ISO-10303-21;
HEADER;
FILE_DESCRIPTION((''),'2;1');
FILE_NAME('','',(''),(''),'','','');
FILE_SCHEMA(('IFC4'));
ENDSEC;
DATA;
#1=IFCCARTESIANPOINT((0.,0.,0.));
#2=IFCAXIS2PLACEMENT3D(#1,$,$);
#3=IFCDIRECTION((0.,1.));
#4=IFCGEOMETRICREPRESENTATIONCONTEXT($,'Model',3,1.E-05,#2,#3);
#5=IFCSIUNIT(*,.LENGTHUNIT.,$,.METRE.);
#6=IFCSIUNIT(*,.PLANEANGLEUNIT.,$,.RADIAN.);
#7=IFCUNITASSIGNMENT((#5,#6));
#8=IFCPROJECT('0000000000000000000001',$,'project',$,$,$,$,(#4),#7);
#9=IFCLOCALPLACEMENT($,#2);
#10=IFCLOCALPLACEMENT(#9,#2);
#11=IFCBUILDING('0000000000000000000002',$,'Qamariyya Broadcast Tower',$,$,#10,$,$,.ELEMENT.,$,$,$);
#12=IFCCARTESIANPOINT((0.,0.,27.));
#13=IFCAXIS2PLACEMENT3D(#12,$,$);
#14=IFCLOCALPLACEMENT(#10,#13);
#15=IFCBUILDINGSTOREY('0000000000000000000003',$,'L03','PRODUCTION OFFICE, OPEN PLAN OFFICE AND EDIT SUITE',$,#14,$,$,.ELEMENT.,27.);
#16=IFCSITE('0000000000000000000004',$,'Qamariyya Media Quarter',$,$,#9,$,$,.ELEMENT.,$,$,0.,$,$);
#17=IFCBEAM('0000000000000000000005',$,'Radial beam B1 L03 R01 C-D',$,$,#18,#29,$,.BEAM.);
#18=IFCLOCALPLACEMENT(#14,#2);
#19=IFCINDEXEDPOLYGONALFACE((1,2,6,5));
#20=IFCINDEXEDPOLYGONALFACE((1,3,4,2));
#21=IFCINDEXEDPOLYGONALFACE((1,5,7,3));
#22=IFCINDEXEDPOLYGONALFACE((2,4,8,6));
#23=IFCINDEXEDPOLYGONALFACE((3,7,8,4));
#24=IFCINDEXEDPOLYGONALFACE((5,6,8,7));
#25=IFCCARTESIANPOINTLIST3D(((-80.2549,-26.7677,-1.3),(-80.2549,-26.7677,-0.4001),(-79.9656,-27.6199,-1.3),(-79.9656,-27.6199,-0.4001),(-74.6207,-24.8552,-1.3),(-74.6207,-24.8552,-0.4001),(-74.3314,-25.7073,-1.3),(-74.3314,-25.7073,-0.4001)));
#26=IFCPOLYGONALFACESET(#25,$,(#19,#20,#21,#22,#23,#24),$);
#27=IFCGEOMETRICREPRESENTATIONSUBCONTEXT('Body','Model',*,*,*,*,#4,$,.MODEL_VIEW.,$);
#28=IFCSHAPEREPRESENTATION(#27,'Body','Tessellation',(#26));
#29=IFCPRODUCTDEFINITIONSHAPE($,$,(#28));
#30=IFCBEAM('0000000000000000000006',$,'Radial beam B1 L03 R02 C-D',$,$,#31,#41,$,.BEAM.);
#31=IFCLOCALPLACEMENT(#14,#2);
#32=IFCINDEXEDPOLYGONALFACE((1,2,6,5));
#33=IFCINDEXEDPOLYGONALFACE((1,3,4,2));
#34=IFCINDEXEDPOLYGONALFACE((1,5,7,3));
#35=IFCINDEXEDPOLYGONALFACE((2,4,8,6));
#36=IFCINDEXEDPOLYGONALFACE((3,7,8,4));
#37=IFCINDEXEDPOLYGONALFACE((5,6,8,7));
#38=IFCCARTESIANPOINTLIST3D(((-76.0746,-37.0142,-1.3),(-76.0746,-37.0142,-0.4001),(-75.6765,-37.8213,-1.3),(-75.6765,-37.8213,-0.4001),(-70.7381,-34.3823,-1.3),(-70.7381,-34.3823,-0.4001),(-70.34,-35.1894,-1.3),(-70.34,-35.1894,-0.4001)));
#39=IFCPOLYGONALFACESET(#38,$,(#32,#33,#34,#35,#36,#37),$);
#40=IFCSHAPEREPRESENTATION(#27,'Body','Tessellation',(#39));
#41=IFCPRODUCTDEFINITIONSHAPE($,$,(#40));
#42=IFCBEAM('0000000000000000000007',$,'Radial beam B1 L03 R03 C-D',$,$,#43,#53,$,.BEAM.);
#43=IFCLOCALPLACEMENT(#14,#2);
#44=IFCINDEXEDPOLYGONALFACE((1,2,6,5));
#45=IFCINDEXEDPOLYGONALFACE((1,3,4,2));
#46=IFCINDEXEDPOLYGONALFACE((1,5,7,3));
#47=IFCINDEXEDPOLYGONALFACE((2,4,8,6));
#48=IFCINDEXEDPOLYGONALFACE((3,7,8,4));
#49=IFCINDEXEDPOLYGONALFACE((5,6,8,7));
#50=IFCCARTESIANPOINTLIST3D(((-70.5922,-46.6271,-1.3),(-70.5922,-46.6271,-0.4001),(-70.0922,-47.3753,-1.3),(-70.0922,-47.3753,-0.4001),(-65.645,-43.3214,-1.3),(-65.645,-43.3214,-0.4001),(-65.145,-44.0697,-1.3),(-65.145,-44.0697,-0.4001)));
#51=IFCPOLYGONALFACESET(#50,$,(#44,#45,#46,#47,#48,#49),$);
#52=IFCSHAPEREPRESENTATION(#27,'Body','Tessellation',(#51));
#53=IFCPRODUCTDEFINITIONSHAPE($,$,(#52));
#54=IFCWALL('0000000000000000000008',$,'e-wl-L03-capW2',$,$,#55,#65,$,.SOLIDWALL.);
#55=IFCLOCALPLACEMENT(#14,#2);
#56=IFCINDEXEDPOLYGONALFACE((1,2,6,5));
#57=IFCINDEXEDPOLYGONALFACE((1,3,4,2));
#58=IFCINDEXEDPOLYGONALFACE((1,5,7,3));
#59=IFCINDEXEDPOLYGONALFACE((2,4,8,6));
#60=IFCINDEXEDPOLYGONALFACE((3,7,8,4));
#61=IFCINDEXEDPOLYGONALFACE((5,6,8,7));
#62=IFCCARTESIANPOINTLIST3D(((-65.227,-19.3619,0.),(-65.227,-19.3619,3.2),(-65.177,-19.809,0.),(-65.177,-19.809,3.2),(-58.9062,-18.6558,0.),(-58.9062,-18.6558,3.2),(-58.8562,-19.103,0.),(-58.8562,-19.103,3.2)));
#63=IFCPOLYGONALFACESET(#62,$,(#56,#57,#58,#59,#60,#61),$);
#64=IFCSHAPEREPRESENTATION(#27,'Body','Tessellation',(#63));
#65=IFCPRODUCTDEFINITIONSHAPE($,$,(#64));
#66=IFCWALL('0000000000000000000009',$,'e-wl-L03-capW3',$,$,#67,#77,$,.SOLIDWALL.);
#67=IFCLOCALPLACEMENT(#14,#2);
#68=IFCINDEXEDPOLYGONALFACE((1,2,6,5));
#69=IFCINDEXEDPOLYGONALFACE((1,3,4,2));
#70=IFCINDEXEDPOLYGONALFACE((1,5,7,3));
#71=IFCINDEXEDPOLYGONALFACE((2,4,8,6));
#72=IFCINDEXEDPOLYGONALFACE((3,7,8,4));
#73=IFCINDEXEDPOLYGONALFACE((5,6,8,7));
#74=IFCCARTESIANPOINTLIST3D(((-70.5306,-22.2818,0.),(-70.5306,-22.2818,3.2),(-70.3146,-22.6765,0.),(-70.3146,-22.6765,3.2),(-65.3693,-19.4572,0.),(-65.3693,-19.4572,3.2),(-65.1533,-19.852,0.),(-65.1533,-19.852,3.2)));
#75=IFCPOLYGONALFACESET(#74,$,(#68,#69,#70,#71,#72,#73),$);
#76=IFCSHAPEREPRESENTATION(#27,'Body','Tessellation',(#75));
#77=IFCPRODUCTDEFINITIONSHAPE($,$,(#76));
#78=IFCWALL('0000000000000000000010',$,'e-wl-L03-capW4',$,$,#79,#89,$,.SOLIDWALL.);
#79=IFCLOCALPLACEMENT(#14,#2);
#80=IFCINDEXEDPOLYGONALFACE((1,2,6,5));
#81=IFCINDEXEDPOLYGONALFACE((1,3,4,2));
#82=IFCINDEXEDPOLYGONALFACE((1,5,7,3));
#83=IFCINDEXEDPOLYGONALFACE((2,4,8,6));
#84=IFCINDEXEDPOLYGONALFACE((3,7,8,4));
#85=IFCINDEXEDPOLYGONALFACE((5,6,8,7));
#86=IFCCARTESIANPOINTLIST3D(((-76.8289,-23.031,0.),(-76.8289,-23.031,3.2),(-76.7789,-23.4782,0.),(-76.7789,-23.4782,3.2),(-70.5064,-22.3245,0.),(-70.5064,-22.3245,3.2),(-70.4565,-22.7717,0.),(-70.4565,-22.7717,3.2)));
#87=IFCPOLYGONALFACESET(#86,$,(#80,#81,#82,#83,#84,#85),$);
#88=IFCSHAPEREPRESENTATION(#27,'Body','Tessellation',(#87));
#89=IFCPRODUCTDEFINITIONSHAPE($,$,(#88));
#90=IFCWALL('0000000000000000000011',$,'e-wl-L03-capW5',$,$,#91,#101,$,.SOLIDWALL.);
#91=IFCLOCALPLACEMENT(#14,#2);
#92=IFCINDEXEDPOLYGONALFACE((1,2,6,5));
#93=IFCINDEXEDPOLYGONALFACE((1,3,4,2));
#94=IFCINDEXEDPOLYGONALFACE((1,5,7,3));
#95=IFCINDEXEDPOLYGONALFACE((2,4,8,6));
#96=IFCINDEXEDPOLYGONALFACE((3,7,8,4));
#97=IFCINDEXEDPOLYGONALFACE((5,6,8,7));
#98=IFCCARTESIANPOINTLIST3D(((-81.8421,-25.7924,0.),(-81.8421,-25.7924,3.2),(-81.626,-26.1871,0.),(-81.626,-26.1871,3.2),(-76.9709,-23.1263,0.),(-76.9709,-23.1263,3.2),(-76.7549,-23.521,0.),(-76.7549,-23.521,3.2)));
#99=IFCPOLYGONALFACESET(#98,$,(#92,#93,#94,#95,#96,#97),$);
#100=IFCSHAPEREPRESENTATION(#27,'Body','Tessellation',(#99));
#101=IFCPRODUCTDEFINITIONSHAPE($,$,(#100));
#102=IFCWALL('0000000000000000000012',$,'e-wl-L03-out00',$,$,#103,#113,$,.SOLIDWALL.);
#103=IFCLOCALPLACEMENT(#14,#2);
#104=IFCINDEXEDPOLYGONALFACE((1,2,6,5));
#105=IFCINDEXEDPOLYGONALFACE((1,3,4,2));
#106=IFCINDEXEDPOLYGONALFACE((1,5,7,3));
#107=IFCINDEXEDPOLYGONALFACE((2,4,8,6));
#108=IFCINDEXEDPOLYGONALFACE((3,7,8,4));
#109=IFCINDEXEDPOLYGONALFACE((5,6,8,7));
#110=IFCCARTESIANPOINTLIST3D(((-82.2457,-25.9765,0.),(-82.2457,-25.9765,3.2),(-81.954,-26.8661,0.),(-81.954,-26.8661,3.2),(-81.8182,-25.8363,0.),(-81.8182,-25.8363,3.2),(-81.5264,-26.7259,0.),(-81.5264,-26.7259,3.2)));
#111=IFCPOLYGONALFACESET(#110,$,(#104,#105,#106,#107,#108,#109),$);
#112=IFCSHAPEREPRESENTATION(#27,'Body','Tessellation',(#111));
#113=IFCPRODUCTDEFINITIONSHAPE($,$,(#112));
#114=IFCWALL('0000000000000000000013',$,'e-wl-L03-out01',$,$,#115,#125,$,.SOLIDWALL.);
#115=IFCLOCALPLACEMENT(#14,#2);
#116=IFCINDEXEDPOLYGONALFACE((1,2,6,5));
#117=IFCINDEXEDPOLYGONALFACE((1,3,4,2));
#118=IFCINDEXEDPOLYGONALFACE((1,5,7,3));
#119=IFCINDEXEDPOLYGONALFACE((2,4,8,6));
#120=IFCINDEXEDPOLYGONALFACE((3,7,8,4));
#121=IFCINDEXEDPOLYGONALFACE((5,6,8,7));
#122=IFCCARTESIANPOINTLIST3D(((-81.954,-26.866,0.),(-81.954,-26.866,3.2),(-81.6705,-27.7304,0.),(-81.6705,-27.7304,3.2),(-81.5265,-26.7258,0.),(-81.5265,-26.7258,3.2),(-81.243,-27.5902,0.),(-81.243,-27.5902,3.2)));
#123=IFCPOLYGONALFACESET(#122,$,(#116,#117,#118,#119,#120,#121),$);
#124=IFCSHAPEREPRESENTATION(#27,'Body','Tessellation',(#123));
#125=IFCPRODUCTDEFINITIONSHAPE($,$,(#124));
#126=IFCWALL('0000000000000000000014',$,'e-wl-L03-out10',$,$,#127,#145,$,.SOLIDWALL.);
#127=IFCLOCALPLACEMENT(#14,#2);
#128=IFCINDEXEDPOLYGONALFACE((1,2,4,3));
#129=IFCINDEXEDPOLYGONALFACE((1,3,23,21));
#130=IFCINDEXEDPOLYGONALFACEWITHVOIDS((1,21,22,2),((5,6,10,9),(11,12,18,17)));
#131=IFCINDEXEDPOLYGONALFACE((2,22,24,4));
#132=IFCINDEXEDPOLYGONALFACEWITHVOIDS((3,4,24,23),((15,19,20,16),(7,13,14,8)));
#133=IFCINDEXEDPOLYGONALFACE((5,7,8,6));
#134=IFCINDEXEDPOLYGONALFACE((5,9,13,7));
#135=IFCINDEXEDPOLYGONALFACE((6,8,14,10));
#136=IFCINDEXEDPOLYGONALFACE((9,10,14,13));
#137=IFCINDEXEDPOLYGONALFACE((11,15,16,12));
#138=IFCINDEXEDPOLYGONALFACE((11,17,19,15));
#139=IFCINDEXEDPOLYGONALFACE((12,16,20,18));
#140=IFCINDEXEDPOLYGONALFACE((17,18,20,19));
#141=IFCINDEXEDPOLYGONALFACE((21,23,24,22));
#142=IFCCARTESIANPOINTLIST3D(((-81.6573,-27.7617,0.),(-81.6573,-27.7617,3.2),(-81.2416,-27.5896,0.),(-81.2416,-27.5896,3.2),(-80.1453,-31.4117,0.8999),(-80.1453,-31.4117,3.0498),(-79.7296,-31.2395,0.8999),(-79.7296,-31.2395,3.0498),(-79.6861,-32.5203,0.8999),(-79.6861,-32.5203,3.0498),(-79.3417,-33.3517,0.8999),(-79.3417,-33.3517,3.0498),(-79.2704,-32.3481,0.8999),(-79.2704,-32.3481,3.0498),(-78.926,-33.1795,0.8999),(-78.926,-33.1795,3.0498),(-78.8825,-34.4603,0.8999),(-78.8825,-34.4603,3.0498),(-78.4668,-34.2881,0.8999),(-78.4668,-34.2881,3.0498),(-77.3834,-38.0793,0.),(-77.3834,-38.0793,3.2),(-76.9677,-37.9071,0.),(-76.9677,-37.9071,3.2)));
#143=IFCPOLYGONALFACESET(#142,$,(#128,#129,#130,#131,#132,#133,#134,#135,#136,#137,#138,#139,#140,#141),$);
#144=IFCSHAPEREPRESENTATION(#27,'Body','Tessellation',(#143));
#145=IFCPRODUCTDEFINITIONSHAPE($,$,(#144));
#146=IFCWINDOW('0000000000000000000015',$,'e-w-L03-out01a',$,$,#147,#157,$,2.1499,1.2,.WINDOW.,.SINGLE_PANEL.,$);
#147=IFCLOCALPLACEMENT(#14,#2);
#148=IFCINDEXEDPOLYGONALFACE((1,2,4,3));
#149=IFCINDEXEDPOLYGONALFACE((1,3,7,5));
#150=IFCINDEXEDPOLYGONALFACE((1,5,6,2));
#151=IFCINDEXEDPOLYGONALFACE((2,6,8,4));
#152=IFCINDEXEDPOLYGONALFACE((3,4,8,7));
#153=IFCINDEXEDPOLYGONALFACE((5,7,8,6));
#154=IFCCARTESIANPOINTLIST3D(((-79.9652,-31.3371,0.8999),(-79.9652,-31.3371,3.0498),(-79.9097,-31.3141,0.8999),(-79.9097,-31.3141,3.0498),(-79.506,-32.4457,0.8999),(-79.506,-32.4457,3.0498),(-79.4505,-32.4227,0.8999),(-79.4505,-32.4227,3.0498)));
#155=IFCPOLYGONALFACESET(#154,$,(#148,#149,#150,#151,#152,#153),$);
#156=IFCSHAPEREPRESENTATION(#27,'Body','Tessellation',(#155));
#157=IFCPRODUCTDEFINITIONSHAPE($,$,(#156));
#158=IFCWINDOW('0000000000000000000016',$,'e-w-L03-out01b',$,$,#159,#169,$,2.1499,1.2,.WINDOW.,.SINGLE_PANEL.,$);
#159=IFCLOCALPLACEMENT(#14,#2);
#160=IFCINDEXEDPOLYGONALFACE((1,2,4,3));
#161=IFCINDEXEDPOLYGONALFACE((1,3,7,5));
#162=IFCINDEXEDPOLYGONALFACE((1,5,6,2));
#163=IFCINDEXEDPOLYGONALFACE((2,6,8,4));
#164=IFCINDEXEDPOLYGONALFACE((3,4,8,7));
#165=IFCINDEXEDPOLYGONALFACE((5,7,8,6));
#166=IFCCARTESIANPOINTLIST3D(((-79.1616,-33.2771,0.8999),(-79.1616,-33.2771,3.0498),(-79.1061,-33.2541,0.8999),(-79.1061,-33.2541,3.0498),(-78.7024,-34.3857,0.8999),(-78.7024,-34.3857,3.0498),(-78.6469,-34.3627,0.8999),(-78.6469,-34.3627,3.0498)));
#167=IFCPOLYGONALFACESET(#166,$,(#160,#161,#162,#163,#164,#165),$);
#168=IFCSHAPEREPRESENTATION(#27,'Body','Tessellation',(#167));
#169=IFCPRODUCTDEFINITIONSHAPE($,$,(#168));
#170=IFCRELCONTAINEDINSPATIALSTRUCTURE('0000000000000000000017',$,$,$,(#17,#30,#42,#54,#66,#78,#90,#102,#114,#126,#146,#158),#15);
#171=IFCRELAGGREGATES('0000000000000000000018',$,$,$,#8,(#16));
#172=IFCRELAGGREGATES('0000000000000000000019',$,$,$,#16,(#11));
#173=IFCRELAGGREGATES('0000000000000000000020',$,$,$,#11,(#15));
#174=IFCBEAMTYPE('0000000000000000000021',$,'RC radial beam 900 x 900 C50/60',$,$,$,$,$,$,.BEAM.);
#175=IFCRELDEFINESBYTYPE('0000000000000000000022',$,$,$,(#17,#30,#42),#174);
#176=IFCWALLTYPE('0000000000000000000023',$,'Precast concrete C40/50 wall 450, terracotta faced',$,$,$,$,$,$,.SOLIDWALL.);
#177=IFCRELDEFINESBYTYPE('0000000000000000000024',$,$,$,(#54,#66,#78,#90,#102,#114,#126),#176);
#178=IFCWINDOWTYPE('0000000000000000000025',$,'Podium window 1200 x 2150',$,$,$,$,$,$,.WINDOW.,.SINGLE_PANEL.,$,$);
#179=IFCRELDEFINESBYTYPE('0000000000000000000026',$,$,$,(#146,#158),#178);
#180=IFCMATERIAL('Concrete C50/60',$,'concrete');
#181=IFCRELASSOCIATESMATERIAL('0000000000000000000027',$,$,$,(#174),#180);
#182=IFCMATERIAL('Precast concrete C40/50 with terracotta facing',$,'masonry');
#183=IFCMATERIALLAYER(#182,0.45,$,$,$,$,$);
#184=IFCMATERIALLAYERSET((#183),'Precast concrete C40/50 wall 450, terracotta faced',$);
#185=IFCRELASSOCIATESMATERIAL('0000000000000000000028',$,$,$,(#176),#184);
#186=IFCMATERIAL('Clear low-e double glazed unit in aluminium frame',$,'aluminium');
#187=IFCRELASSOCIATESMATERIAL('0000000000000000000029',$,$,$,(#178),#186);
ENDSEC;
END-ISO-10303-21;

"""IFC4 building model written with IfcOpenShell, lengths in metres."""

from ifc_helpers import new_model, si_unit, direction, frame, frame_2d, origin, origin_2d, place, context, subcontext, project, spatial, rectangle, extrude, material, layer, layer_set, material_profile, profile_set, type_object, element, fill, save


model = new_model("IFC4")

# Units and contexts
model_context = context("Model", 3, precision=1e-05, world=origin(), true_north=direction((0.0, 1.0)))
body_context = subcontext(model_context, "Body", "Model", "MODEL_VIEW")
ifc_project = project(units=[si_unit("LENGTHUNIT", "METRE"), si_unit("PLANEANGLEUNIT", "RADIAN")], contexts=[model_context])

# Site, building, storey
site_placement = place(None, origin())
site = spatial("IfcSite", under=ifc_project, at=site_placement, Name="Qamariyya Media Quarter", CompositionType="ELEMENT", RefElevation=0.0)
building_placement = place(site_placement, origin())
building = spatial("IfcBuilding", under=site, at=building_placement, Name="Qamariyya Broadcast Tower", CompositionType="ELEMENT")
storey_placement = place(building_placement, frame((0.0, 0.0, 27.0)))
storey = spatial("IfcBuildingStorey", under=building, at=storey_placement, Name="L03", Description="PRODUCTION OFFICE, OPEN PLAN OFFICE AND EDIT SUITE", CompositionType="ELEMENT", Elevation=27.0)

# Beams
ifc_material_1 = material(Name="Concrete C50/60", Category="concrete")
ifc_material_profile_1 = material_profile(ifc_material_1, rectangle(XDim=0.8999, YDim=0.8999, at=origin_2d()))
ifc_profile_set_1 = profile_set([ifc_material_profile_1], Name="Concrete C50/60")
beam_type_1 = type_object("IfcBeamType", Name="RC radial beam 900 x 900 C50/60", PredefinedType="BEAM", material=ifc_profile_set_1)
beam_1_placement = place(storey_placement, frame((-74.4761, -25.2812, -0.8501), z_axis=(-0.946929, -0.321442, 0.0), x_axis=(0.321442, -0.946929, 0.0)))
element("IfcBeam", 1, at=beam_1_placement, inside=storey, type_object=beam_type_1, Name="Radial beam B1 L03 R01 C-D", PredefinedType="BEAM", context=body_context, shape_type="SweptSolid", body=[
    extrude(rectangle(XDim=0.8999, YDim=0.8999, at=origin_2d()), origin(), (0.0, 0.0, 1.0), 5.95),
])
beam_2_placement = place(storey_placement, frame((-70.5391, -34.7859, -0.8501), z_axis=(-0.896859, -0.442316, 0.0), x_axis=(0.442316, -0.896859, 0.0)))
element("IfcBeam", 2, at=beam_2_placement, inside=storey, type_object=beam_type_1, Name="Radial beam B1 L03 R02 C-D", PredefinedType="BEAM", context=body_context, shape_type="SweptSolid", body=[
    extrude(rectangle(XDim=0.8999, YDim=0.8999, at=origin_2d()), origin(), (0.0, 0.0, 1.0), 5.9502),
])
beam_3_placement = place(storey_placement, frame((-65.395, -43.6956, -0.8501), z_axis=(-0.831469, -0.555571, 0.0), x_axis=(0.555571, -0.831469, 0.0)))
element("IfcBeam", 3, at=beam_3_placement, inside=storey, type_object=beam_type_1, Name="Radial beam B1 L03 R03 C-D", PredefinedType="BEAM", context=body_context, shape_type="SweptSolid", body=[
    extrude(rectangle(XDim=0.8999, YDim=0.8999, at=origin_2d()), origin(), (0.0, 0.0, 1.0), 5.95),
])

# Walls
ifc_material_2 = material(Name="Precast concrete C40/50 with terracotta facing", Category="masonry")
ifc_layer = layer(ifc_material_2, 0.45)
ifc_layer_set = layer_set([ifc_layer], Name="Precast concrete C40/50 wall 450, terracotta faced")
wall_type = type_object("IfcWallType", Name="Precast concrete C40/50 wall 450, terracotta faced", PredefinedType="SOLIDWALL", material=ifc_layer_set)
wall_1_placement = place(storey_placement, frame((-58.8811, -18.8794, 0.0), z_axis=(0.0, 0.0, 1.0), x_axis=(-0.993819, -0.111013, 0.0)))
element("IfcWall", 4, at=wall_1_placement, inside=storey, type_object=wall_type, Name="e-wl-L03-capW2", PredefinedType="SOLIDWALL", context=body_context, shape_type="SweptSolid", body=[
    extrude(rectangle(XDim=6.3601, YDim=0.45, at=frame_2d((3.1802, 0.0))), origin(), (0.0, 0.0, 1.0), 3.2),
])
wall_2_placement = place(storey_placement, frame((-65.2612, -19.6545, 0.0), z_axis=(0.0, 0.0, 1.0), x_axis=(-0.87723, -0.48007, 0.0)))
element("IfcWall", 5, at=wall_2_placement, inside=storey, type_object=wall_type, Name="e-wl-L03-capW3", PredefinedType="SOLIDWALL", context=body_context, shape_type="SweptSolid", body=[
    extrude(rectangle(XDim=5.8835, YDim=0.45, at=frame_2d((2.9419, 0.0))), origin(), (0.0, 0.0, 1.0), 3.2),
])
wall_3_placement = place(storey_placement, frame((-70.4814, -22.5481, 0.0), z_axis=(0.0, 0.0, 1.0), x_axis=(-0.993814, -0.111059, 0.0)))
element("IfcWall", 6, at=wall_3_placement, inside=storey, type_object=wall_type, Name="e-wl-L03-capW4", PredefinedType="SOLIDWALL", context=body_context, shape_type="SweptSolid", body=[
    extrude(rectangle(XDim=6.3618, YDim=0.45, at=frame_2d((3.1809, 0.0))), origin(), (0.0, 0.0, 1.0), 3.2),
])
wall_4_placement = place(storey_placement, frame((-76.863, -23.3237, 0.0), z_axis=(0.0, 0.0, 1.0), x_axis=(-0.877209, -0.480108, 0.0)))
element("IfcWall", 7, at=wall_4_placement, inside=storey, type_object=wall_type, Name="e-wl-L03-capW5", PredefinedType="SOLIDWALL", context=body_context, shape_type="SweptSolid", body=[
    extrude(rectangle(XDim=5.553, YDim=0.45, at=frame_2d((2.7764, 0.0))), origin(), (0.0, 0.0, 1.0), 3.2),
])
wall_5_placement = place(storey_placement, frame((-82.032, -25.9062, 0.0), z_axis=(0.0, 0.0, 1.0), x_axis=(0.311609, -0.950211, 0.0)))
element("IfcWall", 8, at=wall_5_placement, inside=storey, type_object=wall_type, Name="e-wl-L03-out00", PredefinedType="SOLIDWALL", context=body_context, shape_type="SweptSolid", body=[
    extrude(rectangle(XDim=0.9363, YDim=0.45, at=frame_2d((0.4683, 0.0))), origin(), (0.0, 0.0, 1.0), 3.2),
])
wall_6_placement = place(storey_placement, frame((-81.7402, -26.7959, 0.0), z_axis=(0.0, 0.0, 1.0), x_axis=(0.311634, -0.950202, 0.0)))
element("IfcWall", 9, at=wall_6_placement, inside=storey, type_object=wall_type, Name="e-wl-L03-out01", PredefinedType="SOLIDWALL", context=body_context, shape_type="SweptSolid", body=[
    extrude(rectangle(XDim=0.9097, YDim=0.45, at=frame_2d((0.4548, 0.0))), origin(), (0.0, 0.0, 1.0), 3.2),
])

# Wall, openings, windows
wall_7_placement = place(storey_placement, frame((-81.4495, -27.6755, 0.0), z_axis=(0.0, 0.0, 1.0), x_axis=(0.382701, -0.923872, 0.0)))
wall_7 = element("IfcWall", 10, at=wall_7_placement, inside=storey, type_object=wall_type, Name="e-wl-L03-out10", PredefinedType="SOLIDWALL", context=body_context, shape_type="SweptSolid", body=[
    extrude(rectangle(XDim=11.1677, YDim=0.45, at=frame_2d((5.584, 0.0))), origin(), (0.0, 0.0, 1.0), 3.2),
])
opening_1_placement = place(wall_7_placement, frame((3.9507, 0.0, 0.8999)))
opening_1 = element("IfcOpeningElement", 11, at=opening_1_placement, cuts=wall_7, PredefinedType="OPENING", context=body_context, shape_type="SweptSolid", body=[
    extrude(rectangle(XDim=1.2, YDim=2.1499, at=frame_2d((0.6001, 1.075))), frame((0.0, 0.2349, 0.0), z_axis=(0.0, -1.0, 0.0), x_axis=(1.0, 0.0, 0.0)), (0.0, 0.0, 1.0), 0.47),
])
opening_2_placement = place(wall_7_placement, frame((6.0505, 0.0, 0.8999)))
opening_2 = element("IfcOpeningElement", 12, at=opening_2_placement, cuts=wall_7, PredefinedType="OPENING", context=body_context, shape_type="SweptSolid", body=[
    extrude(rectangle(XDim=1.2, YDim=2.1499, at=frame_2d((0.6001, 1.075))), frame((0.0, 0.2349, 0.0), z_axis=(0.0, -1.0, 0.0), x_axis=(1.0, 0.0, 0.0)), (0.0, 0.0, 1.0), 0.47),
])
ifc_material_3 = material(Name="Clear low-e double glazed unit in aluminium frame", Category="aluminium")
window_type = type_object("IfcWindowType", Name="Podium window 1200 x 2150", PartitioningType="SINGLE_PANEL", PredefinedType="WINDOW", material=ifc_material_3)
window_1_placement = place(opening_1_placement, origin())
window_1 = element("IfcWindow", 13, at=window_1_placement, inside=storey, type_object=window_type, Name="e-w-L03-out01a", OverallHeight=2.1499, OverallWidth=1.2, PartitioningType="SINGLE_PANEL", PredefinedType="WINDOW", context=body_context, shape_type="SweptSolid", body=[
    extrude(rectangle(XDim=1.2, YDim=2.1499, at=frame_2d((0.6001, 1.075))), frame((0.0, 0.03, 0.0), z_axis=(0.0, -1.0, 0.0), x_axis=(1.0, 0.0, 0.0)), (0.0, 0.0, 1.0), 0.0601),
])
fill(opening_1, window_1)
window_2_placement = place(opening_2_placement, origin())
window_2 = element("IfcWindow", 14, at=window_2_placement, inside=storey, type_object=window_type, Name="e-w-L03-out01b", OverallHeight=2.1499, OverallWidth=1.2, PartitioningType="SINGLE_PANEL", PredefinedType="WINDOW", context=body_context, shape_type="SweptSolid", body=[
    extrude(rectangle(XDim=1.2, YDim=2.1499, at=frame_2d((0.6001, 1.075))), frame((0.0, 0.03, 0.0), z_axis=(0.0, -1.0, 0.0), x_axis=(1.0, 0.0, 0.0)), (0.0, 0.0, 1.0), 0.0601),
])
fill(opening_2, window_2)

save(model, "model.ifc")
